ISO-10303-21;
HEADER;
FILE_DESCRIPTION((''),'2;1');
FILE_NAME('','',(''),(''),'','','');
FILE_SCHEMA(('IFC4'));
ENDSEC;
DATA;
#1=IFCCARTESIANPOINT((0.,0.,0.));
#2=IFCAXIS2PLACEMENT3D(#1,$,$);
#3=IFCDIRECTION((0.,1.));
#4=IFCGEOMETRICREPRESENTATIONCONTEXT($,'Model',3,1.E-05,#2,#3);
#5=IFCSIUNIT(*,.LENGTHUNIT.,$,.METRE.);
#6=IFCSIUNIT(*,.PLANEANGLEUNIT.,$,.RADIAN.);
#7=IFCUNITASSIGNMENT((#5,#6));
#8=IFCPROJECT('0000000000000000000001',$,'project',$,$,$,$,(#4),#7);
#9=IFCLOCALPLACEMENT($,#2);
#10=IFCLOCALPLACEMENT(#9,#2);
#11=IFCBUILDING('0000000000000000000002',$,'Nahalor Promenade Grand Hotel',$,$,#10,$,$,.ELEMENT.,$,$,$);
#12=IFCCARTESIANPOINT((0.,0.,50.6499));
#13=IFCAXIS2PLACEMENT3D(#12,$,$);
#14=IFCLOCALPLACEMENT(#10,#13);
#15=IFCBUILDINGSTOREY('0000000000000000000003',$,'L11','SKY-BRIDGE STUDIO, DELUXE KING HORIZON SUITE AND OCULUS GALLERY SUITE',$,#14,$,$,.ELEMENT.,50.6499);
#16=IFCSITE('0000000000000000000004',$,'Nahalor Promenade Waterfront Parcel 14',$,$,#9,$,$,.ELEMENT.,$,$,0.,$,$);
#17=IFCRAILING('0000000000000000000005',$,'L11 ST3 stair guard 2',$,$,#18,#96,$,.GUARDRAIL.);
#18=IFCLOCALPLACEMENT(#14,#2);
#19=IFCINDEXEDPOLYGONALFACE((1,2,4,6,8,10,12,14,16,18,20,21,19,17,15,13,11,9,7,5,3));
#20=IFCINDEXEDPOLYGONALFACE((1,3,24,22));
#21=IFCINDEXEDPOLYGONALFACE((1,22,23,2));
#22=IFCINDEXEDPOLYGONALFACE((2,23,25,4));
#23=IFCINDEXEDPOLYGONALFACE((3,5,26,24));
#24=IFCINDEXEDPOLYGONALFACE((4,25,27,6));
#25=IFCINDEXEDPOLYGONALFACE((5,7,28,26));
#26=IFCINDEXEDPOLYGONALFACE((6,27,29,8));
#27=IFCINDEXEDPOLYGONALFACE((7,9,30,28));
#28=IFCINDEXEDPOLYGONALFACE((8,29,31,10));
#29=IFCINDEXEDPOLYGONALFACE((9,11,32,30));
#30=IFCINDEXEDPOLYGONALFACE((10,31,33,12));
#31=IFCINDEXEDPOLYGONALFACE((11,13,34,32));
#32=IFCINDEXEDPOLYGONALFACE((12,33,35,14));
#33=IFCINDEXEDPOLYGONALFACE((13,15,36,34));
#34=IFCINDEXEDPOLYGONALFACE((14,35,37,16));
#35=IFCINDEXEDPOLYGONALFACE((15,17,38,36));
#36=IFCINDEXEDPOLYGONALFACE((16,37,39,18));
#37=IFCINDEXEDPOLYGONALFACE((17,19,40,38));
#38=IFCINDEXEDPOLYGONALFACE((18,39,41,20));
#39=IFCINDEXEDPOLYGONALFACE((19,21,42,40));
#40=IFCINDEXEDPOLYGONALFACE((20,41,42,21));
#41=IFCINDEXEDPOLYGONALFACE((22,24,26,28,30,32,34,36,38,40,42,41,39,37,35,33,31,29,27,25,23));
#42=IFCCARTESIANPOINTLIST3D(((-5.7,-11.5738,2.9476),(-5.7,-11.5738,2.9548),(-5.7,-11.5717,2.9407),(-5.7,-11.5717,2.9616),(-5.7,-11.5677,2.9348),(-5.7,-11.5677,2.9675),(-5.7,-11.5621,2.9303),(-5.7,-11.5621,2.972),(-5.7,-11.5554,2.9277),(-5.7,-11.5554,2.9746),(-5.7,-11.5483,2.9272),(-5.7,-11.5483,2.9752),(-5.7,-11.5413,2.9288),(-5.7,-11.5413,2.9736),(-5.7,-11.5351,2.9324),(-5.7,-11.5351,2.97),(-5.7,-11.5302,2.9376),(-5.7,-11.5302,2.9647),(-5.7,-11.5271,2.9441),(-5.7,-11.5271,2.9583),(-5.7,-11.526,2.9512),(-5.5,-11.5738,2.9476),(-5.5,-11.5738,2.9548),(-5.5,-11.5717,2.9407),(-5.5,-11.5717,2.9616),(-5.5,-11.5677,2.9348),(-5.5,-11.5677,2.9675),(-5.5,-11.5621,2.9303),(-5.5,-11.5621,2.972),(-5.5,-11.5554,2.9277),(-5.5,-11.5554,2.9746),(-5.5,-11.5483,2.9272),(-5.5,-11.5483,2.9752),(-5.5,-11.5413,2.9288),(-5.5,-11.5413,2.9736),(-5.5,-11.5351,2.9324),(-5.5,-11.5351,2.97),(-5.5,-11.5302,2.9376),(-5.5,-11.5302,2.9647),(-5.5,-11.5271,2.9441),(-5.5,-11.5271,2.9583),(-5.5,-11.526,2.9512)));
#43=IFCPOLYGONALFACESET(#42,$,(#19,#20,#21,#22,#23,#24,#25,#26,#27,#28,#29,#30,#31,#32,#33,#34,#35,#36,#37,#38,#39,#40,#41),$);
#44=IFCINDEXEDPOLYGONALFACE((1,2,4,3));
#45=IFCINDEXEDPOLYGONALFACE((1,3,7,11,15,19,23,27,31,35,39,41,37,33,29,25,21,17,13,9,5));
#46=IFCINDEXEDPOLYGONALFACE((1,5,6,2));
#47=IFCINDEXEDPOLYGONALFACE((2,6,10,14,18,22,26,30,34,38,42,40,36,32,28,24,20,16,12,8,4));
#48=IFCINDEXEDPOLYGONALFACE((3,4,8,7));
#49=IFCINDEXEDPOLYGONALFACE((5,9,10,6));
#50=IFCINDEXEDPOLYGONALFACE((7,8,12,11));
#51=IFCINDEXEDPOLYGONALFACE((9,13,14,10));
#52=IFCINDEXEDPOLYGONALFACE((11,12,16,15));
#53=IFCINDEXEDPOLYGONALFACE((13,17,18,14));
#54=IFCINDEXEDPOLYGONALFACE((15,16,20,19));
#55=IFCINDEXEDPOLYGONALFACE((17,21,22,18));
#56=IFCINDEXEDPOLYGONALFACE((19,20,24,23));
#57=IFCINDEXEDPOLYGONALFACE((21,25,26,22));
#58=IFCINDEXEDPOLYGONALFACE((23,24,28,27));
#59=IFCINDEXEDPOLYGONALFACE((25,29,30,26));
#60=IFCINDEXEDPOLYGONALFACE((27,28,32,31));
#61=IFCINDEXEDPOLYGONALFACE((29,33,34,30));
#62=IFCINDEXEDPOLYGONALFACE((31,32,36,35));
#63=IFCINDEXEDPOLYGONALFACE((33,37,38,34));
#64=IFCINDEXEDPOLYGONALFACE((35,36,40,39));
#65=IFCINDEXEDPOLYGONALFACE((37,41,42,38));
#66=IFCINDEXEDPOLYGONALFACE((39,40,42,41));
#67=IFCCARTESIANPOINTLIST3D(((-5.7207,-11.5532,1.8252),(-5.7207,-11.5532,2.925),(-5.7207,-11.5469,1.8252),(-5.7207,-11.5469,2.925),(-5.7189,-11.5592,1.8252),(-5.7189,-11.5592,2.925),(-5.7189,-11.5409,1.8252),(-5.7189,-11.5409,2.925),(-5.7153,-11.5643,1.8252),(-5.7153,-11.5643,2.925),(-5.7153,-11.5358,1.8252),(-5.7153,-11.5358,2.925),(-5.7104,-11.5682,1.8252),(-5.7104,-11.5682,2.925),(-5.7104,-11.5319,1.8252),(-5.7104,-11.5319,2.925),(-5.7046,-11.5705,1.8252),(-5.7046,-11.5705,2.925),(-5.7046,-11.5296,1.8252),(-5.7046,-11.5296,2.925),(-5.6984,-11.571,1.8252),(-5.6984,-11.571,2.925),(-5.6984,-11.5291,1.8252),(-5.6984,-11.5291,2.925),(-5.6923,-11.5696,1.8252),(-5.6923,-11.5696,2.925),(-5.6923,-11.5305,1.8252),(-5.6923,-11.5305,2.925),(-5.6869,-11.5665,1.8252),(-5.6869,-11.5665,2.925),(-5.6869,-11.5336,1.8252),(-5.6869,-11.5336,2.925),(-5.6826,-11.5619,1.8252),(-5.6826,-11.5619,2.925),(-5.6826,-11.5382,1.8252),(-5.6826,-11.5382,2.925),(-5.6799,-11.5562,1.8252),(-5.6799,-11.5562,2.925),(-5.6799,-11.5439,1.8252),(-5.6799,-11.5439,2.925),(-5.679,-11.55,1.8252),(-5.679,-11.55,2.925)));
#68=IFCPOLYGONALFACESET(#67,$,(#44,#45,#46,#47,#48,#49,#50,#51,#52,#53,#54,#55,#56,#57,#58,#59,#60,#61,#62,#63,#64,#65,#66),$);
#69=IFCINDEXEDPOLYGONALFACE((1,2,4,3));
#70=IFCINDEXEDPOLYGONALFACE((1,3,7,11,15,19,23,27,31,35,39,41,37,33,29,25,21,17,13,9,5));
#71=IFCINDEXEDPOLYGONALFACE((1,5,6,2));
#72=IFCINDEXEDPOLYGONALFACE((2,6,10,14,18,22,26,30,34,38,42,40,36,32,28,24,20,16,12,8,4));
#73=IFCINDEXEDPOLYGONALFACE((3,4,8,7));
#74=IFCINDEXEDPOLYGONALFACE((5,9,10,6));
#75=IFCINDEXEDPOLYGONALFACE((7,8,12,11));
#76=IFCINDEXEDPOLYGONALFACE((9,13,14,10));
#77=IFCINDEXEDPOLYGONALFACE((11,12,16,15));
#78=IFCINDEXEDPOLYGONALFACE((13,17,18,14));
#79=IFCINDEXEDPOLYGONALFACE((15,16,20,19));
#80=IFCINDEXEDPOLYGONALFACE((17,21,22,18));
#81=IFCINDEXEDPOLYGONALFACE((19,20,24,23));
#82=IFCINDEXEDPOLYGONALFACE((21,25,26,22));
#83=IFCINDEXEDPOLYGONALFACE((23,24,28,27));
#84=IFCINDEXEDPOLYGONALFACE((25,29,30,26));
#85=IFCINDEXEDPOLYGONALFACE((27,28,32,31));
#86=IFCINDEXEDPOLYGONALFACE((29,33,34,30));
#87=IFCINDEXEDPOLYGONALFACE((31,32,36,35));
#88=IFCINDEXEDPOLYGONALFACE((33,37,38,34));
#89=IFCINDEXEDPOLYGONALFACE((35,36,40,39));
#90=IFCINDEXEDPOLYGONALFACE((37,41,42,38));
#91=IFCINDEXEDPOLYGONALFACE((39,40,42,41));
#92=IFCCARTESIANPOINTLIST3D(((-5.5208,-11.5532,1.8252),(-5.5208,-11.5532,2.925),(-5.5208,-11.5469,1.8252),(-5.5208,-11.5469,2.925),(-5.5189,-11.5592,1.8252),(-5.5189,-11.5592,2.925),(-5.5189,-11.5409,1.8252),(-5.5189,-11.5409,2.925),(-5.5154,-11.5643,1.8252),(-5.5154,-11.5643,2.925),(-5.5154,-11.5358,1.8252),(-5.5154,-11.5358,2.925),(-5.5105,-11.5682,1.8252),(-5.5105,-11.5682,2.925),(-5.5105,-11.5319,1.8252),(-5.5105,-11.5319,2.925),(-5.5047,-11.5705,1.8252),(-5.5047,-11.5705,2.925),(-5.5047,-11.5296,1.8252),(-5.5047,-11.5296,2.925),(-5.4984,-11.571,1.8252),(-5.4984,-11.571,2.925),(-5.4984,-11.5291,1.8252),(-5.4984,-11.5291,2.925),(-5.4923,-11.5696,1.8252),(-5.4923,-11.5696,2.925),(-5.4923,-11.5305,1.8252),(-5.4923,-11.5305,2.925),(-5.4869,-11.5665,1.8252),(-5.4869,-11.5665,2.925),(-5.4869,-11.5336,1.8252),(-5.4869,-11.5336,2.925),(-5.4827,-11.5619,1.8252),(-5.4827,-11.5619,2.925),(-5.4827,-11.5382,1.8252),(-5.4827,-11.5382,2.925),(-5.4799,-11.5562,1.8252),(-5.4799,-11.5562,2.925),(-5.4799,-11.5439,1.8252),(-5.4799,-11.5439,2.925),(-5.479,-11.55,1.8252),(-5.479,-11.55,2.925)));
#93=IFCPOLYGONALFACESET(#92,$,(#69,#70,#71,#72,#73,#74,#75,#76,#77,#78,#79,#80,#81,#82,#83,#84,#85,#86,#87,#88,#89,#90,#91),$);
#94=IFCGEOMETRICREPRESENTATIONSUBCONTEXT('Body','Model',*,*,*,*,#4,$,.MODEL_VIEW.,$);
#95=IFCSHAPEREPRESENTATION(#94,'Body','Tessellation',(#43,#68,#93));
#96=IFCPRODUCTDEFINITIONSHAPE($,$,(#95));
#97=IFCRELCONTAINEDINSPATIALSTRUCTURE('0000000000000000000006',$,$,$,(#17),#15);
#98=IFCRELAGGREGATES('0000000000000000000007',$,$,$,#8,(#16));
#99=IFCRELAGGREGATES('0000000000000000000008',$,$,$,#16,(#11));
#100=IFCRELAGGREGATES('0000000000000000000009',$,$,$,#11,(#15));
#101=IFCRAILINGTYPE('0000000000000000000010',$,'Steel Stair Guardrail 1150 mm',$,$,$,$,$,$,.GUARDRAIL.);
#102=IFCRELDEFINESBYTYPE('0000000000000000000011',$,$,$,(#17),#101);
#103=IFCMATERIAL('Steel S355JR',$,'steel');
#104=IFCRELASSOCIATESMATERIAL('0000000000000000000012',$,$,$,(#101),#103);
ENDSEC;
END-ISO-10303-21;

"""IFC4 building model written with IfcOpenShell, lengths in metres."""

from ifc_helpers import new_model, si_unit, direction, frame, origin, origin_2d, place, context, subcontext, project, spatial, circle, extrude, material, type_object, element, save


model = new_model("IFC4")

# Units and contexts
model_context = context("Model", 3, precision=1e-05, world=origin(), true_north=direction((0.0, 1.0)))
body_context = subcontext(model_context, "Body", "Model", "MODEL_VIEW")
ifc_project = project(units=[si_unit("LENGTHUNIT", "METRE"), si_unit("PLANEANGLEUNIT", "RADIAN")], contexts=[model_context])

# Site, building, storey
site_placement = place(None, origin())
site = spatial("IfcSite", under=ifc_project, at=site_placement, Name="Nahalor Promenade Waterfront Parcel 14", CompositionType="ELEMENT", RefElevation=0.0)
building_placement = place(site_placement, origin())
building = spatial("IfcBuilding", under=site, at=building_placement, Name="Nahalor Promenade Grand Hotel", CompositionType="ELEMENT")
storey_placement = place(building_placement, frame((0.0, 0.0, 50.6499)))
storey = spatial("IfcBuildingStorey", under=building, at=storey_placement, Name="L11", Description="SKY-BRIDGE STUDIO, DELUXE KING HORIZON SUITE AND OCULUS GALLERY SUITE", CompositionType="ELEMENT", Elevation=50.6499)

# Shared definitions
ifc_material_1 = material(Name="Steel S355JR", Category="steel")

# Railing
railing_type_1 = type_object("IfcRailingType", Name="Steel Stair Guardrail 1150 mm", PredefinedType="GUARDRAIL", material=ifc_material_1)
railing_1_placement = place(storey_placement, frame((-5.7, -11.55, 1.8252)))
element("IfcRailing", 1, at=railing_1_placement, inside=storey, type_object=railing_type_1, Name="L11 ST3 stair guard 2", PredefinedType="GUARDRAIL", context=body_context, shape_type="SweptSolid", body=[
    extrude(circle(Radius=0.024, at=origin_2d()), frame((0.0, 0.0, 1.126), z_axis=(1.0, 0.0, 0.0), x_axis=(0.0, 1.0, 0.0)), (0.0, 0.0, 1.0), 0.2),
    extrude(circle(Radius=0.021, at=origin_2d()), origin(), (0.0, 0.0, 1.0), 1.0999),
    extrude(circle(Radius=0.021, at=origin_2d()), frame((0.2, 0.0, 0.0)), (0.0, 0.0, 1.0), 1.0999),
])

save(model, "model.ifc")
